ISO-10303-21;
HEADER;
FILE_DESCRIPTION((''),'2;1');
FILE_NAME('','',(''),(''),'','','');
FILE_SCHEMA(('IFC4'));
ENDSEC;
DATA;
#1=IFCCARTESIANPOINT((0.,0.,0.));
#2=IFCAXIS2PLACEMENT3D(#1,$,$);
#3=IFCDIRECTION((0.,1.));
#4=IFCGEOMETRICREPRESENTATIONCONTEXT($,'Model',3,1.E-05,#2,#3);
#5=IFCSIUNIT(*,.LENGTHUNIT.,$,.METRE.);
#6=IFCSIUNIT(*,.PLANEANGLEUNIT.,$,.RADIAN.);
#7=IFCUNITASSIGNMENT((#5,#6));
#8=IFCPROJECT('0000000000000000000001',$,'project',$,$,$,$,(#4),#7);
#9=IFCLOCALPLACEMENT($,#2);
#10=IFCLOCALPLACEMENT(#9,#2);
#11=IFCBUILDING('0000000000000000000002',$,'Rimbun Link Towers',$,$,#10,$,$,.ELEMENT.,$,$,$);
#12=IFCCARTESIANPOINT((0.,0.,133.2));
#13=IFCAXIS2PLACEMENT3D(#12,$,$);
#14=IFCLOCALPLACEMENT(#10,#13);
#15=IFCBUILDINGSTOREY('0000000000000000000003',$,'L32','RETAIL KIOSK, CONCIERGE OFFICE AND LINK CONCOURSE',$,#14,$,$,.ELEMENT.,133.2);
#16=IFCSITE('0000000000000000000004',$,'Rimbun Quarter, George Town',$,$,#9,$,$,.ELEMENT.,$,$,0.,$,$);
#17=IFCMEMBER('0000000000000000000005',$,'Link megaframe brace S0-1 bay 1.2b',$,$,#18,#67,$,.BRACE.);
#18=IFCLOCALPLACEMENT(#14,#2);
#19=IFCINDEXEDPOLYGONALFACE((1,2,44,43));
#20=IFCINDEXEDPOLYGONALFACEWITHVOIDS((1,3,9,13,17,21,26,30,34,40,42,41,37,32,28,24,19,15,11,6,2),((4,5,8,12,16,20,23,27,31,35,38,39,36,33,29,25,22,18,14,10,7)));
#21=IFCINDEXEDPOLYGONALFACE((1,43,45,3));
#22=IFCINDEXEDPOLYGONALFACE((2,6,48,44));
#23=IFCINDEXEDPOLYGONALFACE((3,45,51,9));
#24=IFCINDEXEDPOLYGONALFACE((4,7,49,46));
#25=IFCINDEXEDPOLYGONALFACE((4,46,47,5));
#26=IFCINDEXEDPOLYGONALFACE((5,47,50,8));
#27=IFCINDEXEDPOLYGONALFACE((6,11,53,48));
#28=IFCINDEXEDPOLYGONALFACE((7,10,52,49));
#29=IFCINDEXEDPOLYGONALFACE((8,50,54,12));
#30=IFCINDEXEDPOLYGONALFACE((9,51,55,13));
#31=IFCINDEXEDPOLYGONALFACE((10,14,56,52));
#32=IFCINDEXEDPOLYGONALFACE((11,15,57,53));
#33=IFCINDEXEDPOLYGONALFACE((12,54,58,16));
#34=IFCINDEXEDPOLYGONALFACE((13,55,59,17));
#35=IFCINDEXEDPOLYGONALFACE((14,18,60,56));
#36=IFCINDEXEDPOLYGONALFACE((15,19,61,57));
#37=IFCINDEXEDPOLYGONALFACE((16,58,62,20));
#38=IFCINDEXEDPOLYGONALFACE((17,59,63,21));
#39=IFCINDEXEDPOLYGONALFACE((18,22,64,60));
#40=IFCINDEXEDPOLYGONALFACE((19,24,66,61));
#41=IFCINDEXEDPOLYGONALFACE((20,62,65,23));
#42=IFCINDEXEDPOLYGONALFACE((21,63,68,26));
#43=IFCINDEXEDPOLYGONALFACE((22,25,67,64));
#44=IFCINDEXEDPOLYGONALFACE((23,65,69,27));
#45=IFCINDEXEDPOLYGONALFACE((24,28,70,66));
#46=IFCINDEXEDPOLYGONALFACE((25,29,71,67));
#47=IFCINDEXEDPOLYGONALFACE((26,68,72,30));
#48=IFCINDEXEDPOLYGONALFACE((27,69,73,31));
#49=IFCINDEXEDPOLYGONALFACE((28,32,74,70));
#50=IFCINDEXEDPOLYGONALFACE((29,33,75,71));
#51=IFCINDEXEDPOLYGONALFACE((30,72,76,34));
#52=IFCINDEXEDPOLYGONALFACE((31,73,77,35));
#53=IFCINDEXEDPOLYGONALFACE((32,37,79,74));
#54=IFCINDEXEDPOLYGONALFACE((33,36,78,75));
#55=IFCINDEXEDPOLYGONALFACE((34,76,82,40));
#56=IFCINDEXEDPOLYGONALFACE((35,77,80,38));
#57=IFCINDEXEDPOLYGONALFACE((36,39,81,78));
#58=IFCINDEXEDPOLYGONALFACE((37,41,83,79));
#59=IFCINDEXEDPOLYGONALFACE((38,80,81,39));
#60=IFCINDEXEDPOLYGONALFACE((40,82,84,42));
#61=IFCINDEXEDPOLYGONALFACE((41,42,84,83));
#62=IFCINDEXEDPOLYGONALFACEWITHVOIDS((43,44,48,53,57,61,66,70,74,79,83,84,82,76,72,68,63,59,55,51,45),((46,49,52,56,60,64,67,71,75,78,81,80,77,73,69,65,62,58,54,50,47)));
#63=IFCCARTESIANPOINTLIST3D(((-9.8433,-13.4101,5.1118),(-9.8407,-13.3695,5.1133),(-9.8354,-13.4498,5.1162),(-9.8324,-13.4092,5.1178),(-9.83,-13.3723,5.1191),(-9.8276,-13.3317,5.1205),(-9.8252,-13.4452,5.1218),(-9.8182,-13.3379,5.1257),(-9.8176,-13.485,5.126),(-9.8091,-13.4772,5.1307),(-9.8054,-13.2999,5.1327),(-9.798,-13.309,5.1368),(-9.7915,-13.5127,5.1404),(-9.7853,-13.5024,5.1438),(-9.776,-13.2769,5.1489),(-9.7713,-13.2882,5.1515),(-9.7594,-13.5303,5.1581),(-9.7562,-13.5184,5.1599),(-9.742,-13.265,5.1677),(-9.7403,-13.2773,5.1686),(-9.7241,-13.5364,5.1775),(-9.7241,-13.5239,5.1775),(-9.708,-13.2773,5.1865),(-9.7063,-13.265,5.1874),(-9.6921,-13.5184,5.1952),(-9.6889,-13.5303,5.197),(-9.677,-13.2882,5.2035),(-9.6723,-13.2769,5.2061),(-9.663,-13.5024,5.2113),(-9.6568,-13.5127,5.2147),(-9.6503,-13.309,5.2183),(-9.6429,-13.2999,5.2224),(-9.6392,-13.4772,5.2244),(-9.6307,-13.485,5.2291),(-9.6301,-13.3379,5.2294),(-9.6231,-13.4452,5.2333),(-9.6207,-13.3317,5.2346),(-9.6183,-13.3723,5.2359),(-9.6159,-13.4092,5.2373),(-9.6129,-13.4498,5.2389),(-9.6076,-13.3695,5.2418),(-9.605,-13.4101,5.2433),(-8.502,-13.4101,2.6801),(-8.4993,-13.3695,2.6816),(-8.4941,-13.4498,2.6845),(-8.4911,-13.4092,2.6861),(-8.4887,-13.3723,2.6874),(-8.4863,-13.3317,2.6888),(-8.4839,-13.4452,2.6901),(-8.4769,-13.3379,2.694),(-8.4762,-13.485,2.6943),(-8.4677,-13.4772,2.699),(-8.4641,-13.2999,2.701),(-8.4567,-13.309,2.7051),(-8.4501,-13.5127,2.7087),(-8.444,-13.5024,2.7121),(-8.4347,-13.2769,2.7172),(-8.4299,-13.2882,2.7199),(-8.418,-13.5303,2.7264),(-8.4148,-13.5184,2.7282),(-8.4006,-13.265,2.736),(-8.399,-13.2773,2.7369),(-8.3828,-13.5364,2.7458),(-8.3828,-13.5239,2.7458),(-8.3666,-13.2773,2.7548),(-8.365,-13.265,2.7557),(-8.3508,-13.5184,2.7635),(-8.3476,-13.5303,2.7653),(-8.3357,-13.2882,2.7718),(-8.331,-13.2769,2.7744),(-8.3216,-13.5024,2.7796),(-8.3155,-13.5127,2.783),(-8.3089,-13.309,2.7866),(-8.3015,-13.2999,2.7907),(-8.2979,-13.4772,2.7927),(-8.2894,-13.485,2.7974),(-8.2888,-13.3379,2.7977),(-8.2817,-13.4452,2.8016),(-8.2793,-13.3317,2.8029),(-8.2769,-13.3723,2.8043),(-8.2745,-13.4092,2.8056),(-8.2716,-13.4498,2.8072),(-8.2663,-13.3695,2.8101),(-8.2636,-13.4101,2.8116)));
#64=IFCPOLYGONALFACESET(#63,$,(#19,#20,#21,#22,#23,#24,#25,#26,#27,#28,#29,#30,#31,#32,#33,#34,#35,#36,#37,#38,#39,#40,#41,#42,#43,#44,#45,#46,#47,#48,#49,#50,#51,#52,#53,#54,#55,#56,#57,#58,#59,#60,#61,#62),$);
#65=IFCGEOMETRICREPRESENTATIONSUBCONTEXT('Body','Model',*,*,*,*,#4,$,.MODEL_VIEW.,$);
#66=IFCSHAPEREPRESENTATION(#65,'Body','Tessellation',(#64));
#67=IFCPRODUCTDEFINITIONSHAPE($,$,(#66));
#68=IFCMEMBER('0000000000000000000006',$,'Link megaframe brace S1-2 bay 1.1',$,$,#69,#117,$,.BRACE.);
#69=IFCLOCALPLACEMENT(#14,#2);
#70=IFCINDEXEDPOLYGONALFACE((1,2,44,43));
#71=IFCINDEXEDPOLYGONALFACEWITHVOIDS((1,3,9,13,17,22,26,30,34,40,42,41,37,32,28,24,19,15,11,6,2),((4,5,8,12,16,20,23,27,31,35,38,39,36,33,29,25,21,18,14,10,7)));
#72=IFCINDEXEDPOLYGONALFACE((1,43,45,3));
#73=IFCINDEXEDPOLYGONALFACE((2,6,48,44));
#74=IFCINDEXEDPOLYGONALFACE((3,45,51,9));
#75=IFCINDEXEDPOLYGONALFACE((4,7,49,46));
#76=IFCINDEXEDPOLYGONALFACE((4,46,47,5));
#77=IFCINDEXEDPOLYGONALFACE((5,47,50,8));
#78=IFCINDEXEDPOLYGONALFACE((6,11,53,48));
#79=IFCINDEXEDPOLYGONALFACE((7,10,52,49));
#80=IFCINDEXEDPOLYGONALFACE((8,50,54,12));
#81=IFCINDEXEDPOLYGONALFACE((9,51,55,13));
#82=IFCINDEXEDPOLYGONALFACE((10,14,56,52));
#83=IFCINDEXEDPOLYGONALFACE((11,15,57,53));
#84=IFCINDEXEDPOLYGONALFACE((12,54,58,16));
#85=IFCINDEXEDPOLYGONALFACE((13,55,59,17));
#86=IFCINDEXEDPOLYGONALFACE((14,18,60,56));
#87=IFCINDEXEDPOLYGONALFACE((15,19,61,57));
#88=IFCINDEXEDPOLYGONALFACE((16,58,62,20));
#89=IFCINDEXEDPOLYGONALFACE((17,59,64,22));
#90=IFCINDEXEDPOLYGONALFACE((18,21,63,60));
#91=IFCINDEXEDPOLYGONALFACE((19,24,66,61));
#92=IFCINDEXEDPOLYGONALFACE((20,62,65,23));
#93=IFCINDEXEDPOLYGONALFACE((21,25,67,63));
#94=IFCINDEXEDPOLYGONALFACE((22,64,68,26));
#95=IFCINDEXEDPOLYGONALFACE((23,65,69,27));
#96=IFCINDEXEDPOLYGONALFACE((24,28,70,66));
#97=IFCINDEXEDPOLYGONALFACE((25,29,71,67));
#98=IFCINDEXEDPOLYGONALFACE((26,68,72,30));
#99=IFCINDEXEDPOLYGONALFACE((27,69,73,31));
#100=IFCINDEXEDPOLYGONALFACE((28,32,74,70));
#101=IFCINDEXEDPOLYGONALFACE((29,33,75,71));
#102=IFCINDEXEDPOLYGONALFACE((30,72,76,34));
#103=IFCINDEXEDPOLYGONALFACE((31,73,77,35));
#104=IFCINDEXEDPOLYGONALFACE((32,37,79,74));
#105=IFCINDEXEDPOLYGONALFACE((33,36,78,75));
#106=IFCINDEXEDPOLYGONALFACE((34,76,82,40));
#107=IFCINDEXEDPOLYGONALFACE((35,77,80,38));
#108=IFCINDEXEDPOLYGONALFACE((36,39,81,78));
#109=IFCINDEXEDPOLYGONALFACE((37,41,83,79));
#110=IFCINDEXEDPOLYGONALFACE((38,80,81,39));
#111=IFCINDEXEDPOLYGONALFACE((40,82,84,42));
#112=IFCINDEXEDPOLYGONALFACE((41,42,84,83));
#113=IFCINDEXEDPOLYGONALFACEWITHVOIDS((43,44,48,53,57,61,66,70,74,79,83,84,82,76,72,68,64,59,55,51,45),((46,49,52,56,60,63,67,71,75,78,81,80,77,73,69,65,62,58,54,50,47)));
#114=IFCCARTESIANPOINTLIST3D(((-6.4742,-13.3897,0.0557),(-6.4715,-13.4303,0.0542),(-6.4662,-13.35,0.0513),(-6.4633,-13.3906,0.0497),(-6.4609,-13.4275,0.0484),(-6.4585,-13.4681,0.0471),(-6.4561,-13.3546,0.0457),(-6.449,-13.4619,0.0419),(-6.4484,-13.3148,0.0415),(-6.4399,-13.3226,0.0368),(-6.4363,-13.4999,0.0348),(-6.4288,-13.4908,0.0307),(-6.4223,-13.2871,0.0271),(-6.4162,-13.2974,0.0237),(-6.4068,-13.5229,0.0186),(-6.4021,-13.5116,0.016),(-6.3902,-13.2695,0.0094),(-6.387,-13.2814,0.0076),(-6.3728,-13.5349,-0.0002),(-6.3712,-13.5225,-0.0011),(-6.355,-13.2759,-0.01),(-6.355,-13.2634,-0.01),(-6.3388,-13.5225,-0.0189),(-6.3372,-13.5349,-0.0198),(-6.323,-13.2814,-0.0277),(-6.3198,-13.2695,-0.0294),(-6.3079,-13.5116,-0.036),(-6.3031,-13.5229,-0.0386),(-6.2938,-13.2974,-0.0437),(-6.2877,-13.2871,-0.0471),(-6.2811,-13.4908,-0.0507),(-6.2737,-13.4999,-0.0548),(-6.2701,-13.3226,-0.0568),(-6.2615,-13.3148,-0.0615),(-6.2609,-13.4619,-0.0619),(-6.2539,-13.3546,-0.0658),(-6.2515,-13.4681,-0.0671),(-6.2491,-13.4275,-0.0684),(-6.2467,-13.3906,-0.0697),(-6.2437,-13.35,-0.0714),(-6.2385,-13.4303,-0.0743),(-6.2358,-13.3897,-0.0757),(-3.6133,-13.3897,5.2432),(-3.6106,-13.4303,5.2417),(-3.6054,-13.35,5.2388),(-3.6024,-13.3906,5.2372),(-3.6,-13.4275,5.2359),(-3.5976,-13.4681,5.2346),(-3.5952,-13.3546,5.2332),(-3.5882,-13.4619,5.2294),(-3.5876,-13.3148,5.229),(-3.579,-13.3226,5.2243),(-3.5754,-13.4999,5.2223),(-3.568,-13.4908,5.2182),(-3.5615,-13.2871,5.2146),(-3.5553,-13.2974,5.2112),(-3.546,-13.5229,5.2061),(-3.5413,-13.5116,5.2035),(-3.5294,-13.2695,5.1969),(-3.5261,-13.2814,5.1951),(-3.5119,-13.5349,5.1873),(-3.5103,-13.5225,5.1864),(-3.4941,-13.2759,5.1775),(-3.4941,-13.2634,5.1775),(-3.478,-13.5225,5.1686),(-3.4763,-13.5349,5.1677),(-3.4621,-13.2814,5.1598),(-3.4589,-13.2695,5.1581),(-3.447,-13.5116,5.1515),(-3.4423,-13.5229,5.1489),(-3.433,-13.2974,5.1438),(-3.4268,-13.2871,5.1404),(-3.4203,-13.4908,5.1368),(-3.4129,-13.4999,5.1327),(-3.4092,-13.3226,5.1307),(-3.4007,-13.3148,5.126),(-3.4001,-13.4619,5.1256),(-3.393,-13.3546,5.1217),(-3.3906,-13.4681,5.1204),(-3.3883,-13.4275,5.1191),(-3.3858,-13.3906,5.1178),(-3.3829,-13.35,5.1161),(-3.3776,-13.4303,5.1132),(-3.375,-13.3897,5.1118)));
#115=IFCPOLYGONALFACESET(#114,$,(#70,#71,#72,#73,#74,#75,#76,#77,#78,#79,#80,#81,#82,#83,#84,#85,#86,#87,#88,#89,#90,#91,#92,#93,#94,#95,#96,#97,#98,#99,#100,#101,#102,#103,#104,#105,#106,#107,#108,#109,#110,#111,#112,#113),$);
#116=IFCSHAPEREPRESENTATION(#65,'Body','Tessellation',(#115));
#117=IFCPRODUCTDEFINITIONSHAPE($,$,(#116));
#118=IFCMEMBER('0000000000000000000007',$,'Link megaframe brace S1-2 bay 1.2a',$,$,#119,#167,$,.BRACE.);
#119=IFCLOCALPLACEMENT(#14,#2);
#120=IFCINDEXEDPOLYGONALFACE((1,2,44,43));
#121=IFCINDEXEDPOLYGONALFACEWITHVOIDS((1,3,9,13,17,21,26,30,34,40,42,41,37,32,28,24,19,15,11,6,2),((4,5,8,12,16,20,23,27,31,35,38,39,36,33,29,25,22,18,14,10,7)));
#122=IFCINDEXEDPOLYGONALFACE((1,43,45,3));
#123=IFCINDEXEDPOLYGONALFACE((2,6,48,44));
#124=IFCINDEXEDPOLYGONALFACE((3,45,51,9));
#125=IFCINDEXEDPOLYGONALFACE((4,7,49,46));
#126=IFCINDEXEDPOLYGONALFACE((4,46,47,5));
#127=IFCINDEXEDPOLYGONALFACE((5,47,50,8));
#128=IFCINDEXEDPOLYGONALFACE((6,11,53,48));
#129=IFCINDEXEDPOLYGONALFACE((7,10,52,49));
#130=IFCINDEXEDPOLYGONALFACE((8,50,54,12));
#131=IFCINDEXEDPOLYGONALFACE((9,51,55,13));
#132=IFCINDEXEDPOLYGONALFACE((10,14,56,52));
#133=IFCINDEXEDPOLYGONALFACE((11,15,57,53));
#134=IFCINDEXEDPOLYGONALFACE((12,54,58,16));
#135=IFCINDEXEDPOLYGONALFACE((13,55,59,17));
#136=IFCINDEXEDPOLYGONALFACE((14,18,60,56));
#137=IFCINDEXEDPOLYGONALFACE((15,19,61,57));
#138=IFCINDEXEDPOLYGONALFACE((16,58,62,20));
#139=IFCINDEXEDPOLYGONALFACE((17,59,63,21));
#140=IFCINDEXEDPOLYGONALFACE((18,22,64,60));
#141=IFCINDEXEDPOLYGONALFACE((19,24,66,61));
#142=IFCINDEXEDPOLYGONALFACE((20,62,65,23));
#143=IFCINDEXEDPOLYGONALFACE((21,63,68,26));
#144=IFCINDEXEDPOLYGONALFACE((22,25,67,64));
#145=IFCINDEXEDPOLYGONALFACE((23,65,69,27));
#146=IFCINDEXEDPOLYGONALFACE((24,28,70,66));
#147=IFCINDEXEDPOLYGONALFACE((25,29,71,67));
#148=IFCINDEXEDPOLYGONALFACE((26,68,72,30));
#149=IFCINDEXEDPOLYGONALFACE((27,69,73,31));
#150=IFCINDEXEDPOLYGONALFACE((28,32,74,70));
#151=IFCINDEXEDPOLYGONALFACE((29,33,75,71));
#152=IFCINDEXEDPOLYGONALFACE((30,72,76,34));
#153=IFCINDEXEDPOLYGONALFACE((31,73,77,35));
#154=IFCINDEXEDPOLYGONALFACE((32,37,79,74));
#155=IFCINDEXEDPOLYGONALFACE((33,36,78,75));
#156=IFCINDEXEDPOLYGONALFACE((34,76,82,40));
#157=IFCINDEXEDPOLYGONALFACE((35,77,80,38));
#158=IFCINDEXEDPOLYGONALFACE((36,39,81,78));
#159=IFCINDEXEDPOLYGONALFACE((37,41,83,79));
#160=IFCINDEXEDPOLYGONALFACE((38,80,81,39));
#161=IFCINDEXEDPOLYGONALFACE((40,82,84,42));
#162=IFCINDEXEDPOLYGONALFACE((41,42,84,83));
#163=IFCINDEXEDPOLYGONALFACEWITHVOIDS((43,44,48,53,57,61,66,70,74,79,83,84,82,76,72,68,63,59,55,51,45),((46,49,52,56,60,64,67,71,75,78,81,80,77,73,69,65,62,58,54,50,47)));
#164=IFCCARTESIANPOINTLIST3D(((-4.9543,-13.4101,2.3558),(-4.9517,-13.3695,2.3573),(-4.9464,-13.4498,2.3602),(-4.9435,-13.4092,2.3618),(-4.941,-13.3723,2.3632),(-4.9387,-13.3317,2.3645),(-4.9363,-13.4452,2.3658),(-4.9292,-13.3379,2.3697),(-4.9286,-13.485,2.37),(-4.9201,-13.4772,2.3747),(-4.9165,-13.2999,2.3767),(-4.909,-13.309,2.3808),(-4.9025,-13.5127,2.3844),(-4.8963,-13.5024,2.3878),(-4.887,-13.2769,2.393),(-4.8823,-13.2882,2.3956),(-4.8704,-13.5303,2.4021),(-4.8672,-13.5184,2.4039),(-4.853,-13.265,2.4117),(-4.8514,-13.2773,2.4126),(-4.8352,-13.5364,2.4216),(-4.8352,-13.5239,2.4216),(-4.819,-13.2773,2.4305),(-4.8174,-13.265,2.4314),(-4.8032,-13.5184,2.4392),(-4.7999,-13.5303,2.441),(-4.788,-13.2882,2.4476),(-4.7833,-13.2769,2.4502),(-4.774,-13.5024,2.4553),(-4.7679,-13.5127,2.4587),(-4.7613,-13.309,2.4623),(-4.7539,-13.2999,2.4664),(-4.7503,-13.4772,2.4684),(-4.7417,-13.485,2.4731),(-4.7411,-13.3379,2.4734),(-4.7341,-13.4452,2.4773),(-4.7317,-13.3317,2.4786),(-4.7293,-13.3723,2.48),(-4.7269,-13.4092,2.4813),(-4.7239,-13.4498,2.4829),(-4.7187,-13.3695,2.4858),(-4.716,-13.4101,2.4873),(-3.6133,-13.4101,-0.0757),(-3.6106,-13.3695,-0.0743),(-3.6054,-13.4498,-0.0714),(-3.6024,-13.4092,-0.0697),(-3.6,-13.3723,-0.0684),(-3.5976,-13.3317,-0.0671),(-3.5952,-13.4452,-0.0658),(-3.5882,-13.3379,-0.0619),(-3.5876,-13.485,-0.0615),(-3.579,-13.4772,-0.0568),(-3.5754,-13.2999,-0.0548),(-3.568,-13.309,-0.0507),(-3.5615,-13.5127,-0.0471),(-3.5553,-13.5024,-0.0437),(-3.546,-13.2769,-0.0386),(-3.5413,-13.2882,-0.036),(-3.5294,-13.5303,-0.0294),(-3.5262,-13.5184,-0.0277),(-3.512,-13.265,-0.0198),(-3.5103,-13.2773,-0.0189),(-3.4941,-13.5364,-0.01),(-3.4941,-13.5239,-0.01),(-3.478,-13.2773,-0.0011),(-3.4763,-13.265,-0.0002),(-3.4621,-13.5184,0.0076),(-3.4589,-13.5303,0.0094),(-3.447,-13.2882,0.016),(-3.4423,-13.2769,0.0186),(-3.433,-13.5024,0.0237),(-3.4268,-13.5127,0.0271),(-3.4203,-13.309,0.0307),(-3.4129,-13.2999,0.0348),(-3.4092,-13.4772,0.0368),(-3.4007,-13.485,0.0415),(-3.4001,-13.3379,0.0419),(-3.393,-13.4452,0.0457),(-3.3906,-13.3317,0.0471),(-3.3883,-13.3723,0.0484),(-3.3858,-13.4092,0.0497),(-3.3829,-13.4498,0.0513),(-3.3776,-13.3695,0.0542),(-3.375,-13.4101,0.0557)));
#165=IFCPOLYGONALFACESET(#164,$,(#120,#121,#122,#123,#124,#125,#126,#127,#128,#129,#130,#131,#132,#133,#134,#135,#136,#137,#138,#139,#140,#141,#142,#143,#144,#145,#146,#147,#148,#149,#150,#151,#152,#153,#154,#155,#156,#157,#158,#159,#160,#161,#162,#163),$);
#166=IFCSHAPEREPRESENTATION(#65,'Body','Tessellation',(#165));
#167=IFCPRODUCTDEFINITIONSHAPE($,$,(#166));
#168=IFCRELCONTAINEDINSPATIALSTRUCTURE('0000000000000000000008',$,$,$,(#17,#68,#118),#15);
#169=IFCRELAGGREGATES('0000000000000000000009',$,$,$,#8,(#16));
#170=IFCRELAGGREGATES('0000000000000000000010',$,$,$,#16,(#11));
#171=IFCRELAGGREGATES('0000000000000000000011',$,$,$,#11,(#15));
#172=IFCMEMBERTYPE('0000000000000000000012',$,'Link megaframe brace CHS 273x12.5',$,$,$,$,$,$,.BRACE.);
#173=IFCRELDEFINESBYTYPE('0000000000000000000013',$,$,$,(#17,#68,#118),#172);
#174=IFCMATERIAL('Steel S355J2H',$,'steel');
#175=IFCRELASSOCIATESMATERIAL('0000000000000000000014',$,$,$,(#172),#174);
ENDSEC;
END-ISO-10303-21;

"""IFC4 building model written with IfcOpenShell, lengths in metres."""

from ifc_helpers import new_model, si_unit, direction, frame, origin, origin_2d, place, context, subcontext, project, spatial, hollow_circle, extrude, material, material_profile, profile_set, type_object, element, save


model = new_model("IFC4")

# Units and contexts
model_context = context("Model", 3, precision=1e-05, world=origin(), true_north=direction((0.0, 1.0)))
body_context = subcontext(model_context, "Body", "Model", "MODEL_VIEW")
ifc_project = project(units=[si_unit("LENGTHUNIT", "METRE"), si_unit("PLANEANGLEUNIT", "RADIAN")], contexts=[model_context])

# Site, building, storey
site_placement = place(None, origin())
site = spatial("IfcSite", under=ifc_project, at=site_placement, Name="Rimbun Quarter, George Town", CompositionType="ELEMENT", RefElevation=0.0)
building_placement = place(site_placement, origin())
building = spatial("IfcBuilding", under=site, at=building_placement, Name="Rimbun Link Towers", CompositionType="ELEMENT")
storey_placement = place(building_placement, frame((0.0, 0.0, 133.2)))
storey = spatial("IfcBuildingStorey", under=building, at=storey_placement, Name="L32", Description="RETAIL KIOSK, CONCIERGE OFFICE AND LINK CONCOURSE", CompositionType="ELEMENT", Elevation=133.2)

# Members
ifc_material_1 = material(Name="Steel S355J2H", Category="steel")
ifc_material_profile_1 = material_profile(ifc_material_1, hollow_circle(Radius=0.1365, WallThickness=0.0125, at=origin_2d()), Name="CHS 273x12.5")
ifc_profile_set_1 = profile_set([ifc_material_profile_1], Name="Steel S355J2H")
member_type_1 = type_object("IfcMemberType", Name="Link megaframe brace CHS 273x12.5", PredefinedType="BRACE", material=ifc_profile_set_1)
member_1_placement = place(storey_placement, frame((-8.3828, -13.3999, 2.7458), z_axis=(-0.482998, 0.0, 0.875621), x_axis=(0.0, -1.0, 0.0)))
element("IfcMember", 1, at=member_1_placement, inside=storey, type_object=member_type_1, Name="Link megaframe brace S0-1 bay 1.2b", PredefinedType="BRACE", context=body_context, shape_type="SweptSolid", body=[
    extrude(hollow_circle(Radius=0.1365, WallThickness=0.0125, at=origin_2d()), origin(), (0.0, 0.0, 1.0), 2.7771),
])
member_2_placement = place(storey_placement, frame((-6.355, -13.3999, -0.01), z_axis=(0.482918, 0.0, 0.875665), x_axis=(0.0, 1.0, 0.0)))
element("IfcMember", 2, at=member_2_placement, inside=storey, type_object=member_type_1, Name="Link megaframe brace S1-2 bay 1.1", PredefinedType="BRACE", context=body_context, shape_type="SweptSolid", body=[
    extrude(hollow_circle(Radius=0.1365, WallThickness=0.0125, at=origin_2d()), origin(), (0.0, 0.0, 1.0), 5.9241),
])
for number, where, z_axis, x_axis, name in (
    (3, (-3.4941, -13.3999, -0.01), (-0.482931, 0.0, 0.875658), (0.0, -1.0, 0.0), "Link megaframe brace S1-2 bay 1.2a"),
):
    element("IfcMember", number, at=place(storey_placement, frame(where, z_axis=z_axis, x_axis=x_axis)), inside=storey, type_object=member_type_1, Name=name, PredefinedType="BRACE", context=body_context, shape_type="SweptSolid", body=[
        extrude(hollow_circle(Radius=0.1365, WallThickness=0.0125, at=origin_2d()), origin(), (0.0, 0.0, 1.0), 2.7769),
    ])

save(model, "model.ifc")
